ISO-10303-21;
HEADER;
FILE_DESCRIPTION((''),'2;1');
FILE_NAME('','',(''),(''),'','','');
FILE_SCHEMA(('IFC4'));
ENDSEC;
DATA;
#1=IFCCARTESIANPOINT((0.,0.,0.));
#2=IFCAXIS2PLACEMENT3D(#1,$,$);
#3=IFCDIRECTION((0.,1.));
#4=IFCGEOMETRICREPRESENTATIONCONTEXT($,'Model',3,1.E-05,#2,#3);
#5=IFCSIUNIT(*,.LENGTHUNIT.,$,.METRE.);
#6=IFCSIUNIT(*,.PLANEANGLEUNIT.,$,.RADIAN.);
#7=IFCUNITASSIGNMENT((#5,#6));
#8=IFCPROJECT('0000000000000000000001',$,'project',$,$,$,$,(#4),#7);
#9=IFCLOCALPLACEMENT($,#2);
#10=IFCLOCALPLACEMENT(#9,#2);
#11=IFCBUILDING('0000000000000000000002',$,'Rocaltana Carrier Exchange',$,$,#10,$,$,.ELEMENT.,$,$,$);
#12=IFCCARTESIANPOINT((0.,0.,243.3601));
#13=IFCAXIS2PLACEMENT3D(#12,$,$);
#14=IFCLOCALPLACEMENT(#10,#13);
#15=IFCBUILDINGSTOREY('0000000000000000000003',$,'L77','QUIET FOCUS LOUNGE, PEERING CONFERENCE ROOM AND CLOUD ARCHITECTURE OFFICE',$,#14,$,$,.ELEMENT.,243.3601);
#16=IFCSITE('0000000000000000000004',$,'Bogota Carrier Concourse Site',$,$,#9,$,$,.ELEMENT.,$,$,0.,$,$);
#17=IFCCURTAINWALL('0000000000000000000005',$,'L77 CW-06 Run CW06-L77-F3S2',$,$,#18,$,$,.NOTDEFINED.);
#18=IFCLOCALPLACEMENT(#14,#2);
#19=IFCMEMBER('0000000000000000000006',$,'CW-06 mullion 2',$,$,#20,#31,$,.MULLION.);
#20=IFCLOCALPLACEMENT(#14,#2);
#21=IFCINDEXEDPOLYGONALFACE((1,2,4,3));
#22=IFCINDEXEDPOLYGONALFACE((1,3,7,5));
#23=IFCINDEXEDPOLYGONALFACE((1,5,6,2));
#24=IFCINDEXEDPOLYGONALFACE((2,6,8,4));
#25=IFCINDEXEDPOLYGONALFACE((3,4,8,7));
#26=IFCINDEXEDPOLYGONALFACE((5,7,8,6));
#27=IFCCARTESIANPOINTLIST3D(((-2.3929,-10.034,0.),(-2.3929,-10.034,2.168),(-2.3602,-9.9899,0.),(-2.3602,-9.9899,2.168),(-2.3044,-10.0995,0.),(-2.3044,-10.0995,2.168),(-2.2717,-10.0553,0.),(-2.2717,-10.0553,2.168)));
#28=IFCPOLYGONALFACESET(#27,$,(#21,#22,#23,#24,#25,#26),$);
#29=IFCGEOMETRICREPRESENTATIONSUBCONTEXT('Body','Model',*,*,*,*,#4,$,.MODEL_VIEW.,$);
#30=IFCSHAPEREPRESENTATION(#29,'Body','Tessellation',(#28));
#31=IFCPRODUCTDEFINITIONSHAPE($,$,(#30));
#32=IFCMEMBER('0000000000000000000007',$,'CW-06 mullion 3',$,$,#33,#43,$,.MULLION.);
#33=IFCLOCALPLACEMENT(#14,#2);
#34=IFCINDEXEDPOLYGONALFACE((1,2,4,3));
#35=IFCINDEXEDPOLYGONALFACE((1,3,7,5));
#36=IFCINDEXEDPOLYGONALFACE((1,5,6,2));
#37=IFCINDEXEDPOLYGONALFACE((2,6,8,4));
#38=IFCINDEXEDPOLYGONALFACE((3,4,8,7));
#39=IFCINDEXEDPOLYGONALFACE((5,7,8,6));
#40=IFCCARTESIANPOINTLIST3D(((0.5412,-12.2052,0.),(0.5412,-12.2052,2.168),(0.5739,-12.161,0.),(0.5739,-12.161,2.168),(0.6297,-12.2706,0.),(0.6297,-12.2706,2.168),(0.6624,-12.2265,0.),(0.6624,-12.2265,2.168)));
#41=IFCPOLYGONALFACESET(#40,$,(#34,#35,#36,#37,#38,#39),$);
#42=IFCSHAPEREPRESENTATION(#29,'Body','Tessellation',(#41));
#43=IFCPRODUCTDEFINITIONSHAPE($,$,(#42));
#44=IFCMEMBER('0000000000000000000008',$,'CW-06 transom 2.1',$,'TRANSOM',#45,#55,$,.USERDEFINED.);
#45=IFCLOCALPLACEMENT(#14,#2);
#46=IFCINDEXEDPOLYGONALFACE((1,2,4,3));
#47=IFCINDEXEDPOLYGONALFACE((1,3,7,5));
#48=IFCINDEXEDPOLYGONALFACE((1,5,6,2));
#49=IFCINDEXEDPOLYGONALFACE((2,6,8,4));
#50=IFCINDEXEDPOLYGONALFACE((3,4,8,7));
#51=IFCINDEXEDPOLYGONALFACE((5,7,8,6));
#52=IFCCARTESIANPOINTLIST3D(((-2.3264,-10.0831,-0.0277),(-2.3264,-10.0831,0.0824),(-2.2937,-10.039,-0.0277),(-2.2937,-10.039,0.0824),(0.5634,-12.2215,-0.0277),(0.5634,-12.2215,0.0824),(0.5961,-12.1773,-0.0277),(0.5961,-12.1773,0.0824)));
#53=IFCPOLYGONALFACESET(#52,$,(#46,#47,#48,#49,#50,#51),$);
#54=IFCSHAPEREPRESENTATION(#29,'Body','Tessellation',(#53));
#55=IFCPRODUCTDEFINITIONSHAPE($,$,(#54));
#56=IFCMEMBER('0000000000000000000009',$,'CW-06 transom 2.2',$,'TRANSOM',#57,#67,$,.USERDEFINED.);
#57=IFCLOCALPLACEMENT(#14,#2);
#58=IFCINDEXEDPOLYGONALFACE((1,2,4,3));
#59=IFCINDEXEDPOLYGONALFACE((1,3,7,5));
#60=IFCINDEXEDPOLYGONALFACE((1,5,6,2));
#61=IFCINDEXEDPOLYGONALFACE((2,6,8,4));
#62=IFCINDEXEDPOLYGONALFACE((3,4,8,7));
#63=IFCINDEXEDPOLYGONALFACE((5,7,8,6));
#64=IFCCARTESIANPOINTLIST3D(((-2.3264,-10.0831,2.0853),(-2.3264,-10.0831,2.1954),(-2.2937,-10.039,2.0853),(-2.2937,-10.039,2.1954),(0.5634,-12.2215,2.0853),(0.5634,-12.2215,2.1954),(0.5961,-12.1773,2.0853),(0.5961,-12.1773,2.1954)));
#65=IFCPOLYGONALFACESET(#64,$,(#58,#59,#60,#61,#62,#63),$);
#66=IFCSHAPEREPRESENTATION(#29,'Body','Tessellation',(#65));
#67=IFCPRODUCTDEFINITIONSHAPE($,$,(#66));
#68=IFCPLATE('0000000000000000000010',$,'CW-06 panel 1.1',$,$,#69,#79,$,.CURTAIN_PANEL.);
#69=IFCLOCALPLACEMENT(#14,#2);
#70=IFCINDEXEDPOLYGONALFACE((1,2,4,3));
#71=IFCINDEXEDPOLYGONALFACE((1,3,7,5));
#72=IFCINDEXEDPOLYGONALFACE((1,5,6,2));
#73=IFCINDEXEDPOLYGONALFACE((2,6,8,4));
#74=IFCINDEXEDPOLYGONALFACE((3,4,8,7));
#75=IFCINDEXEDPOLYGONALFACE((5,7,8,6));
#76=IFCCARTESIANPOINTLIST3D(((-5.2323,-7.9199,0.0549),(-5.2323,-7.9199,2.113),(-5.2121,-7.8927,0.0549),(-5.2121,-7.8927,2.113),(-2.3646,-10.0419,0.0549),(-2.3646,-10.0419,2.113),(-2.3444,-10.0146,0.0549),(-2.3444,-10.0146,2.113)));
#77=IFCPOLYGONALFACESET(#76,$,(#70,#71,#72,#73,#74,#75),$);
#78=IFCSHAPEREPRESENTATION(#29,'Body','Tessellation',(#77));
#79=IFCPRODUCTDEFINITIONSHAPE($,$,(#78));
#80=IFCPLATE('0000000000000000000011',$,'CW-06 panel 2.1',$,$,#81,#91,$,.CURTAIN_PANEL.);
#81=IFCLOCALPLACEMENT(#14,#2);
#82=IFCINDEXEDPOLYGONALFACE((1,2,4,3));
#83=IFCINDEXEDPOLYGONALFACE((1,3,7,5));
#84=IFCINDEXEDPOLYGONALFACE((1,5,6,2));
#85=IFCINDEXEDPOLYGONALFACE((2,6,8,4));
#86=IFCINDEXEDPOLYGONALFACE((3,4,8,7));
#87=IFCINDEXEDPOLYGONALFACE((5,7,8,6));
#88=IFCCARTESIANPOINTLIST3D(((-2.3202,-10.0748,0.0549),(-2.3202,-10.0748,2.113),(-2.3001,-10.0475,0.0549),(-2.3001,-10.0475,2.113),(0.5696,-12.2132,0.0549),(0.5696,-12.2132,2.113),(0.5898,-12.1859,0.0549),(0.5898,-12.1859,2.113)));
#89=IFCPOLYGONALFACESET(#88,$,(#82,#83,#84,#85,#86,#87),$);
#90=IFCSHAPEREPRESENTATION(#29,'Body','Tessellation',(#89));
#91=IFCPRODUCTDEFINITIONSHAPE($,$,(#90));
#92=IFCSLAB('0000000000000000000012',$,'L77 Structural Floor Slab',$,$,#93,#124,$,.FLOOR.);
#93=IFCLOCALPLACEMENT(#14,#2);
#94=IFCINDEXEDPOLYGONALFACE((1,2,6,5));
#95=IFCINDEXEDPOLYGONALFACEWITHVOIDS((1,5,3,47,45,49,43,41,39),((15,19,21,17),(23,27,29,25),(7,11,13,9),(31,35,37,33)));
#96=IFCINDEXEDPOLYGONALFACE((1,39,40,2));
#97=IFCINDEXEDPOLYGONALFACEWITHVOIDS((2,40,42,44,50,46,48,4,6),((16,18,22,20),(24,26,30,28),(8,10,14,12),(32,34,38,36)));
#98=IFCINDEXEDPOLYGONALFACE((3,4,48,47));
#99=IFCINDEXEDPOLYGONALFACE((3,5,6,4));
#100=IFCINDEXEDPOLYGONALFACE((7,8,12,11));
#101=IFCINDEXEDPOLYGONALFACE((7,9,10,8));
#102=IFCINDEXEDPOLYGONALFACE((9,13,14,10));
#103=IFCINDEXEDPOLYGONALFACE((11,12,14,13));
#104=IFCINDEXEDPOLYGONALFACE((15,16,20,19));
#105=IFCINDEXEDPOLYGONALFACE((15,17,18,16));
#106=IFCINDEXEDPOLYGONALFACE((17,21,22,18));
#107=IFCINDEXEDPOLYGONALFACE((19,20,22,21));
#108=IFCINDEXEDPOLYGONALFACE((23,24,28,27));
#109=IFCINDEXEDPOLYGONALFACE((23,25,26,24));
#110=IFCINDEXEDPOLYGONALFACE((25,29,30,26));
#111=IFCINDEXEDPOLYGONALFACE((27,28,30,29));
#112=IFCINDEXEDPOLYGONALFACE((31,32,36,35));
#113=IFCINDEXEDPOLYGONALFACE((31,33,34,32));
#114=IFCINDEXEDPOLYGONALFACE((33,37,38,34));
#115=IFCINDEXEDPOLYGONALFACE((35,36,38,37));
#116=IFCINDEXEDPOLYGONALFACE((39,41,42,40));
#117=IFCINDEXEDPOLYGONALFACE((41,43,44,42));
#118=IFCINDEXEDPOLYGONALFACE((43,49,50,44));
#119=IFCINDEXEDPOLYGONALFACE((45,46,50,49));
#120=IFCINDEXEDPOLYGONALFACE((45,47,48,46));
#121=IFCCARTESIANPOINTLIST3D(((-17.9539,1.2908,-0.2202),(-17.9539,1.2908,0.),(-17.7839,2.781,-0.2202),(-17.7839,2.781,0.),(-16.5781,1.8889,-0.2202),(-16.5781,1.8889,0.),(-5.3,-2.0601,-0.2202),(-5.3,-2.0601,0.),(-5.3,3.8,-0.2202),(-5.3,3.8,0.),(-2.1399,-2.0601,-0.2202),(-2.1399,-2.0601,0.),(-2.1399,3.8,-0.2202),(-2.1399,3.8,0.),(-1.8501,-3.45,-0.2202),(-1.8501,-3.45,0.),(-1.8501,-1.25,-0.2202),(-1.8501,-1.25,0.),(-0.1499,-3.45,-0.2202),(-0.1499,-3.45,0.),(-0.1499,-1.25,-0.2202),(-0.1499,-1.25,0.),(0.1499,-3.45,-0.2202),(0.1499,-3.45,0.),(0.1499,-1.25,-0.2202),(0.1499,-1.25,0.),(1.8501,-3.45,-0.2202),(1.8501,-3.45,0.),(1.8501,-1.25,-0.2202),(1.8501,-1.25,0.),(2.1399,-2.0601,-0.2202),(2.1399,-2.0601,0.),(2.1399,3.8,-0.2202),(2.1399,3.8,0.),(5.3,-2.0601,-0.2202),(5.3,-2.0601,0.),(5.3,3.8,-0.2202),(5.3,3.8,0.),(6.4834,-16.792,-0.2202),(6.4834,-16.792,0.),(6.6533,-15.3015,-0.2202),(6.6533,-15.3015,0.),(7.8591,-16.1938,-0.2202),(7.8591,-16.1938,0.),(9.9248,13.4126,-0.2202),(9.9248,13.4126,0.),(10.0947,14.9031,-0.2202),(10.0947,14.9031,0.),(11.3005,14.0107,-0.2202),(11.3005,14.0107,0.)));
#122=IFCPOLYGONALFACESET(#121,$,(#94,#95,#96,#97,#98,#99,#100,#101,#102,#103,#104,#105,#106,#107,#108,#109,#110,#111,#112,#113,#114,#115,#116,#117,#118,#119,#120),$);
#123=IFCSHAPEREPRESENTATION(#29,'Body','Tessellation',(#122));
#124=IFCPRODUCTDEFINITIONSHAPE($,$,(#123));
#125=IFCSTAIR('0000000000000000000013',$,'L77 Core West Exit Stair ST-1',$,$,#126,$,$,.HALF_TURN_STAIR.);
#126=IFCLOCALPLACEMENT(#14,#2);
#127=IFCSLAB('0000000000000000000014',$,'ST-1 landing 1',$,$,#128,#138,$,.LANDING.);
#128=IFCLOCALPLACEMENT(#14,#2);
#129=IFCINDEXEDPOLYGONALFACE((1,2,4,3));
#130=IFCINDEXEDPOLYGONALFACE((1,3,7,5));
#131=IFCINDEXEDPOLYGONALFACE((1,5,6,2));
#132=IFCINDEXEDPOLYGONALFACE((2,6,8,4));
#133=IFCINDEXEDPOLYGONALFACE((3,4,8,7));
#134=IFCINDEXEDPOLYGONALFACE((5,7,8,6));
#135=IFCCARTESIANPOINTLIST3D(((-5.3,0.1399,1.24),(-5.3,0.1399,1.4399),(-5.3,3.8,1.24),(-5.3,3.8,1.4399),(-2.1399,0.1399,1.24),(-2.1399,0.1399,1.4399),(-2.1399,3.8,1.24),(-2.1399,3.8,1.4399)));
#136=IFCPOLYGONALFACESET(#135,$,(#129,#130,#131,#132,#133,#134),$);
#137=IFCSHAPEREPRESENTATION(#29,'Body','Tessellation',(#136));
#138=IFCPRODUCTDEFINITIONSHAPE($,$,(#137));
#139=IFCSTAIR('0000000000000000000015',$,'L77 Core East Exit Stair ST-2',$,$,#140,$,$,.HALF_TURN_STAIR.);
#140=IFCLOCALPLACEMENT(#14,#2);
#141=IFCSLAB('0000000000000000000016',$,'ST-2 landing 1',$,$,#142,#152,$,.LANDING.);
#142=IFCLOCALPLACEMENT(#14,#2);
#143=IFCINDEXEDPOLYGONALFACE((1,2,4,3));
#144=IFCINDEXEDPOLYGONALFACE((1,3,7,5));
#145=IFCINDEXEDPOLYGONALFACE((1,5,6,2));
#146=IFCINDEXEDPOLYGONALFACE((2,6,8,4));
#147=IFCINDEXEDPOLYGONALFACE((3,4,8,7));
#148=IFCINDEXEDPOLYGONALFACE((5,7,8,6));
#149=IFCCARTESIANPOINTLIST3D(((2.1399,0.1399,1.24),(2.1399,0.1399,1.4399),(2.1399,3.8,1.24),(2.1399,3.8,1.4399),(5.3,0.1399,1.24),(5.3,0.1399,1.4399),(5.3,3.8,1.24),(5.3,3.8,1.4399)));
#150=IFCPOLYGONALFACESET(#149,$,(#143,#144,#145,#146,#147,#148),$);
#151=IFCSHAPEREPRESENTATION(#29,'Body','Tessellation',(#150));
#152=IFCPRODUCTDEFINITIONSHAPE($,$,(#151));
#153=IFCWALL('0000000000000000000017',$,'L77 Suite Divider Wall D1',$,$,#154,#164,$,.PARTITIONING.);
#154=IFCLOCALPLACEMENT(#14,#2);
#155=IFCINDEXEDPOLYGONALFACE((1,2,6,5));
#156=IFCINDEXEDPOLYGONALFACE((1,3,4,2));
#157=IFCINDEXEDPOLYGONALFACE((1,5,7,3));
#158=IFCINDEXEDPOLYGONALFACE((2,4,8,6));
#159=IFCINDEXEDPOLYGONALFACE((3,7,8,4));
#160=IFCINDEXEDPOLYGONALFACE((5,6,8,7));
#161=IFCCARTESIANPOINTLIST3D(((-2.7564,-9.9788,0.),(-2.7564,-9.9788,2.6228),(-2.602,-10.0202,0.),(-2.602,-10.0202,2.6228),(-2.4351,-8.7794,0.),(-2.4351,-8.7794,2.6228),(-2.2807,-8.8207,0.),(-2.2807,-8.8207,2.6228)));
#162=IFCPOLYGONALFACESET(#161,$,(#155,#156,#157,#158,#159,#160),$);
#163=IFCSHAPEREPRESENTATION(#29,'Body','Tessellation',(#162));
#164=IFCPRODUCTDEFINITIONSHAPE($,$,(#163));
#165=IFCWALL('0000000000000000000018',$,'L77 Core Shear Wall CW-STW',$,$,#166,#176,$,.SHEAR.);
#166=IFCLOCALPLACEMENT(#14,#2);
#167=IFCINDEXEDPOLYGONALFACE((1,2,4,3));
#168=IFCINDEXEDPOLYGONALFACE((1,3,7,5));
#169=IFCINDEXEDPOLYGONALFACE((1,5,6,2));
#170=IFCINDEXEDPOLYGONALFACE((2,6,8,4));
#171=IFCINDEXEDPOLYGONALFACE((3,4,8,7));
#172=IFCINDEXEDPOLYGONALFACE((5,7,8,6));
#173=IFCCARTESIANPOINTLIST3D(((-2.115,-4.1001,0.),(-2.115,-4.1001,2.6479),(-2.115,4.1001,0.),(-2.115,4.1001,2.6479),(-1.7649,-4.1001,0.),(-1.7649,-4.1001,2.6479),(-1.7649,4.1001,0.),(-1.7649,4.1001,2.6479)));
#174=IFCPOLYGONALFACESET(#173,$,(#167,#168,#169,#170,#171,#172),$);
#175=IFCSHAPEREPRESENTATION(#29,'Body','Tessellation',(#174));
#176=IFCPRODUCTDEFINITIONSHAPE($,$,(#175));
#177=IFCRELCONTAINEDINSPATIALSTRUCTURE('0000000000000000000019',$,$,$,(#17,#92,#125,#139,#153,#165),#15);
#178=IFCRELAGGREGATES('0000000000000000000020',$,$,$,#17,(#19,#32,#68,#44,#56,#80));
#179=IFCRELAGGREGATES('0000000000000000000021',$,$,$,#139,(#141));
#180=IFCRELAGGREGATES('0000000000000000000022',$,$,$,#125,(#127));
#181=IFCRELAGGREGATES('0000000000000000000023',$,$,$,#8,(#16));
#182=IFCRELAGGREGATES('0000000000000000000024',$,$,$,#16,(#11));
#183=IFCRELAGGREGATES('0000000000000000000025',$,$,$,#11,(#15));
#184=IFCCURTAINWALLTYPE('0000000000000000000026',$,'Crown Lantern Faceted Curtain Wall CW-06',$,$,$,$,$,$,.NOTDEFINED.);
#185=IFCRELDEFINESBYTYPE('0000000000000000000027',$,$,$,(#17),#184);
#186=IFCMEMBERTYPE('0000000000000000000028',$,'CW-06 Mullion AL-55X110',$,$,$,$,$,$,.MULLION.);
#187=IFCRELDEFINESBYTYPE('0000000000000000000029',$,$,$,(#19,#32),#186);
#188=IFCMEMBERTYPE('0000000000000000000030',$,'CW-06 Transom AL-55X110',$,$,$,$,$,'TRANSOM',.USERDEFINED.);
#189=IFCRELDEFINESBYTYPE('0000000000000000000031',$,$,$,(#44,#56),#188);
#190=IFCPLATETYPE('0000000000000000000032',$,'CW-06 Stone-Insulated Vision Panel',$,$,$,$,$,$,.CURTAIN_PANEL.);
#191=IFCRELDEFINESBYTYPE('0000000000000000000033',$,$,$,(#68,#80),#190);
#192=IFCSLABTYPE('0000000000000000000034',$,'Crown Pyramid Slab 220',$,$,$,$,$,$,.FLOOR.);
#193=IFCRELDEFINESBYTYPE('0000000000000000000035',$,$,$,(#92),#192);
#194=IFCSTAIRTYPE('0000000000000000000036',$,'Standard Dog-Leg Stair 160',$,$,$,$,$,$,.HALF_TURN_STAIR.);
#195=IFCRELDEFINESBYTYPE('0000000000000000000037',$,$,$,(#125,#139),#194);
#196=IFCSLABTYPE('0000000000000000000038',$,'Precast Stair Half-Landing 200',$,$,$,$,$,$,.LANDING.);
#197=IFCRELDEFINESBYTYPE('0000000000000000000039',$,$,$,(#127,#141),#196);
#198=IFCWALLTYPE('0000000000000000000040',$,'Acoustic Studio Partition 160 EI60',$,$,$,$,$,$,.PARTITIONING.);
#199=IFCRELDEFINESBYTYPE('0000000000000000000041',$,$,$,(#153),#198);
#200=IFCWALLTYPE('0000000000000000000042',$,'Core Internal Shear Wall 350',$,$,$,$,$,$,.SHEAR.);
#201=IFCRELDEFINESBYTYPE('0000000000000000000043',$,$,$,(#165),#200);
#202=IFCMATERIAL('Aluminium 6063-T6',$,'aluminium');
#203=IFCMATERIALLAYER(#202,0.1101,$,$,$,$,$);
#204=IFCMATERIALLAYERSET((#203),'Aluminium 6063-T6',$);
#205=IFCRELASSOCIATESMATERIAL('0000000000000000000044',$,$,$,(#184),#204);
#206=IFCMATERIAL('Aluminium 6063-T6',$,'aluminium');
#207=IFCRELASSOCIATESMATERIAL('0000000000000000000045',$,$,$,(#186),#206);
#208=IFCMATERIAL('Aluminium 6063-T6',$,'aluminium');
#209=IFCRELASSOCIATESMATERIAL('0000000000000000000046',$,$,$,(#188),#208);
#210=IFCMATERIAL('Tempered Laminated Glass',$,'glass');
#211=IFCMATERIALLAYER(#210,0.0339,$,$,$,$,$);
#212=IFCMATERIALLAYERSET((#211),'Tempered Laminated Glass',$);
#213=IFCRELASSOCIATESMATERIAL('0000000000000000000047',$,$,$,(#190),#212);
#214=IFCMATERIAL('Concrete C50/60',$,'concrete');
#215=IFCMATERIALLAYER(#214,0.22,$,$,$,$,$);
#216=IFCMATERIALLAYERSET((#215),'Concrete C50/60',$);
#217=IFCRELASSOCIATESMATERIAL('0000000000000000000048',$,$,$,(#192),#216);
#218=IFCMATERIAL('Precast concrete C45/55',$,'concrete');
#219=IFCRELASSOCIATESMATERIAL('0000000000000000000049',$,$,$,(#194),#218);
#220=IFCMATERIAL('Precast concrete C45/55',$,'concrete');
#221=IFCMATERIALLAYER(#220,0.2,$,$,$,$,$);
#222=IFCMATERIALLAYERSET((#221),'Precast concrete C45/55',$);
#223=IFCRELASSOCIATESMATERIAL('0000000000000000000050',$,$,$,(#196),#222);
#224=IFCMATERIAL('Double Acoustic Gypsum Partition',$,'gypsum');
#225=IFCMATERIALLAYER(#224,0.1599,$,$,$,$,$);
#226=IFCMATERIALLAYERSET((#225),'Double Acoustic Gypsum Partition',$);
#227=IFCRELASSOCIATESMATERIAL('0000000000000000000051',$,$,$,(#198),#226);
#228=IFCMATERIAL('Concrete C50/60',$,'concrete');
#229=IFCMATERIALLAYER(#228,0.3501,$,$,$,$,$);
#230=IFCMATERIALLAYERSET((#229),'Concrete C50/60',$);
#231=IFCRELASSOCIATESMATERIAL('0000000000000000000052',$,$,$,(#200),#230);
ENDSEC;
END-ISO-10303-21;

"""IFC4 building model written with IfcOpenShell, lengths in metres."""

from ifc_helpers import new_model, si_unit, direction, frame, frame_2d, origin, origin_2d, place, context, subcontext, project, spatial, polyline, rectangle, outline, extrude, material, layer, layer_set, material_profile, profile_set, type_object, element, aggregate, save


model = new_model("IFC4")

# Units and contexts
model_context = context("Model", 3, precision=1e-05, world=origin(), true_north=direction((0.0, 1.0)))
body_context = subcontext(model_context, "Body", "Model", "MODEL_VIEW")
ifc_project = project(units=[si_unit("LENGTHUNIT", "METRE"), si_unit("PLANEANGLEUNIT", "RADIAN")], contexts=[model_context])

# Site, building, storey
site_placement = place(None, origin())
site = spatial("IfcSite", under=ifc_project, at=site_placement, Name="Bogota Carrier Concourse Site", CompositionType="ELEMENT", RefElevation=0.0)
building_placement = place(site_placement, origin())
building = spatial("IfcBuilding", under=site, at=building_placement, Name="Rocaltana Carrier Exchange", CompositionType="ELEMENT")
storey_placement = place(building_placement, frame((0.0, 0.0, 243.3601)))
storey = spatial("IfcBuildingStorey", under=building, at=storey_placement, Name="L77", Description="QUIET FOCUS LOUNGE, PEERING CONFERENCE ROOM AND CLOUD ARCHITECTURE OFFICE", CompositionType="ELEMENT", Elevation=243.3601)

# Curtain wall, members, plates
ifc_material_1 = material(Name="Aluminium 6063-T6", Category="aluminium")
ifc_layer_1 = layer(ifc_material_1, 0.1101)
ifc_layer_set_1 = layer_set([ifc_layer_1], Name="Aluminium 6063-T6")
curtain_wall_type = type_object("IfcCurtainWallType", Name="Crown Lantern Faceted Curtain Wall CW-06", PredefinedType="NOTDEFINED", material=ifc_layer_set_1)
curtain_wall_placement = place(storey_placement, origin())
curtain_wall = element("IfcCurtainWall", 1, at=curtain_wall_placement, inside=storey, type_object=curtain_wall_type, Name="L77 CW-06 Run CW06-L77-F3S2", PredefinedType="NOTDEFINED")
ifc_material_2 = material(Name="Aluminium 6063-T6", Category="aluminium")
ifc_material_profile_1 = material_profile(ifc_material_2, rectangle(XDim=0.0549, YDim=0.1101, at=origin_2d()), Name="AL-55X110")
ifc_profile_set_1 = profile_set([ifc_material_profile_1], Name="Aluminium 6063-T6")
member_type_1 = type_object("IfcMemberType", Name="CW-06 Mullion AL-55X110", PredefinedType="MULLION", material=ifc_profile_set_1)
member_1_placement = place(storey_placement, frame((-2.3323, -10.0447, 0.0), z_axis=(0.0, 0.0, 1.0), x_axis=(0.594823, 0.803857, 0.0)))
member_1 = element("IfcMember", 2, at=member_1_placement, type_object=member_type_1, Name="CW-06 mullion 2", PredefinedType="MULLION", context=body_context, shape_type="SweptSolid", body=[
    extrude(rectangle(XDim=0.0549, YDim=0.1101, at=origin_2d()), origin(), (0.0, 0.0, 1.0), 2.168),
])
member_2_placement = place(storey_placement, frame((0.6018, -12.2158, 0.0), z_axis=(0.0, 0.0, 1.0), x_axis=(0.594823, 0.803857, 0.0)))
member_2 = element("IfcMember", 3, at=member_2_placement, type_object=member_type_1, Name="CW-06 mullion 3", PredefinedType="MULLION", context=body_context, shape_type="SweptSolid", body=[
    extrude(rectangle(XDim=0.0549, YDim=0.1101, at=origin_2d()), origin(), (0.0, 0.0, 1.0), 2.168),
])
ifc_material_3 = material(Name="Aluminium 6063-T6", Category="aluminium")
ifc_material_profile_2 = material_profile(ifc_material_3, rectangle(XDim=0.0549, YDim=0.1101, at=origin_2d()), Name="AL-55X110")
ifc_profile_set_2 = profile_set([ifc_material_profile_2], Name="Aluminium 6063-T6")
member_type_2 = type_object("IfcMemberType", Name="CW-06 Transom AL-55X110", ElementType="TRANSOM", PredefinedType="USERDEFINED", material=ifc_profile_set_2)
member_3_placement = place(storey_placement, frame((-2.3101, -10.061, 0.0273), z_axis=(0.803854, -0.594826, 0.0), x_axis=(0.594826, 0.803854, 0.0)))
member_3 = element("IfcMember", 4, at=member_3_placement, type_object=member_type_2, Name="CW-06 transom 2.1", ObjectType="TRANSOM", PredefinedType="USERDEFINED", context=body_context, shape_type="SweptSolid", body=[
    extrude(rectangle(XDim=0.0549, YDim=0.1101, at=origin_2d()), origin(), (0.0, 0.0, 1.0), 3.595),
])
member_4_placement = place(storey_placement, frame((-2.3101, -10.061, 2.1404), z_axis=(0.803854, -0.594826, 0.0), x_axis=(0.594826, 0.803854, 0.0)))
member_4 = element("IfcMember", 5, at=member_4_placement, type_object=member_type_2, Name="CW-06 transom 2.2", ObjectType="TRANSOM", PredefinedType="USERDEFINED", context=body_context, shape_type="SweptSolid", body=[
    extrude(rectangle(XDim=0.0549, YDim=0.1101, at=origin_2d()), origin(), (0.0, 0.0, 1.0), 3.595),
])
ifc_material_4 = material(Name="Tempered Laminated Glass", Category="glass")
ifc_layer_2 = layer(ifc_material_4, 0.0339)
ifc_layer_set_2 = layer_set([ifc_layer_2], Name="Tempered Laminated Glass")
plate_type = type_object("IfcPlateType", Name="CW-06 Stone-Insulated Vision Panel", PredefinedType="CURTAIN_PANEL", material=ifc_layer_set_2)
plate_1_placement = place(storey_placement, frame((-3.7883, -8.9673, 0.0549), z_axis=(0.0, 0.0, 1.0), x_axis=(0.803857, -0.594823, 0.0)))
plate_1 = element("IfcPlate", 6, at=plate_1_placement, type_object=plate_type, Name="CW-06 panel 1.1", PredefinedType="CURTAIN_PANEL", context=body_context, shape_type="SweptSolid", body=[
    extrude(rectangle(XDim=3.5674, YDim=0.0339, at=origin_2d()), origin(), (0.0, 0.0, 1.0), 2.0581),
])
plate_2_placement = place(storey_placement, frame((-0.8652, -11.1304, 0.0549), z_axis=(0.0, 0.0, 1.0), x_axis=(0.803857, -0.594823, 0.0)))
plate_2 = element("IfcPlate", 7, at=plate_2_placement, type_object=plate_type, Name="CW-06 panel 2.1", PredefinedType="CURTAIN_PANEL", context=body_context, shape_type="SweptSolid", body=[
    extrude(rectangle(XDim=3.595, YDim=0.0339, at=origin_2d()), origin(), (0.0, 0.0, 1.0), 2.0581),
])
aggregate(curtain_wall, [member_1, member_2, plate_1, member_3, member_4, plate_2])

# Slab
ifc_material_5 = material(Name="Concrete C50/60", Category="concrete")
ifc_layer_3 = layer(ifc_material_5, 0.22)
ifc_layer_set_3 = layer_set([ifc_layer_3], Name="Concrete C50/60")
slab_type_1 = type_object("IfcSlabType", Name="Crown Pyramid Slab 220", PredefinedType="FLOOR", material=ifc_layer_set_3)
slab_1_placement = place(storey_placement, frame((0.0, 0.0, -0.2202)))
element("IfcSlab", 8, at=slab_1_placement, inside=storey, type_object=slab_type_1, Name="L77 Structural Floor Slab", PredefinedType="FLOOR", context=body_context, shape_type="SweptSolid", body=[
    extrude(outline(polyline([(6.4834, -16.792), (6.6533, -15.3015), (7.8591, -16.1938), (11.3005, 14.0107), (9.9248, 13.4126), (10.0947, 14.9031), (-17.7839, 2.781), (-16.5781, 1.8889), (-17.9539, 1.2908), (6.4834, -16.792)]), holes=[polyline([(-5.3, -2.0601), (-2.1399, -2.0601), (-2.1399, 3.8), (-5.3, 3.8), (-5.3, -2.0601)]), polyline([(2.1399, -2.0601), (5.3, -2.0601), (5.3, 3.8), (2.1399, 3.8), (2.1399, -2.0601)]), polyline([(-1.8501, -3.45), (-0.1499, -3.45), (-0.1499, -1.25), (-1.8501, -1.25), (-1.8501, -3.45)]), polyline([(0.1499, -3.45), (1.8501, -3.45), (1.8501, -1.25), (0.1499, -1.25), (0.1499, -3.45)])]), origin(), (0.0, 0.0, 1.0), 0.2202),
])

# Stairs, slabs
ifc_material_6 = material(Name="Precast concrete C45/55", Category="concrete")
stair_type = type_object("IfcStairType", Name="Standard Dog-Leg Stair 160", PredefinedType="HALF_TURN_STAIR", material=ifc_material_6)
stair_1_placement = place(storey_placement, origin())
stair_1 = element("IfcStair", 9, at=stair_1_placement, inside=storey, type_object=stair_type, Name="L77 Core West Exit Stair ST-1", PredefinedType="HALF_TURN_STAIR")
ifc_material_7 = material(Name="Precast concrete C45/55", Category="concrete")
ifc_layer_4 = layer(ifc_material_7, 0.2)
ifc_layer_set_4 = layer_set([ifc_layer_4], Name="Precast concrete C45/55")
slab_type_2 = type_object("IfcSlabType", Name="Precast Stair Half-Landing 200", PredefinedType="LANDING", material=ifc_layer_set_4)
slab_2_placement = place(storey_placement, frame((0.0, 0.0, 1.24)))
slab_2 = element("IfcSlab", 10, at=slab_2_placement, type_object=slab_type_2, Name="ST-1 landing 1", PredefinedType="LANDING", context=body_context, shape_type="SweptSolid", body=[
    extrude(outline(polyline([(-2.1399, 0.1399), (-2.1399, 3.8), (-5.3, 3.8), (-5.3, 0.1399), (-2.1399, 0.1399)])), origin(), (0.0, 0.0, 1.0), 0.2),
])
stair_2_placement = place(storey_placement, origin())
stair_2 = element("IfcStair", 11, at=stair_2_placement, inside=storey, type_object=stair_type, Name="L77 Core East Exit Stair ST-2", PredefinedType="HALF_TURN_STAIR")
slab_3_placement = place(storey_placement, frame((0.0, 0.0, 1.24)))
slab_3 = element("IfcSlab", 12, at=slab_3_placement, type_object=slab_type_2, Name="ST-2 landing 1", PredefinedType="LANDING", context=body_context, shape_type="SweptSolid", body=[
    extrude(outline(polyline([(5.3, 0.1399), (5.3, 3.8), (2.1399, 3.8), (2.1399, 0.1399), (5.3, 0.1399)])), origin(), (0.0, 0.0, 1.0), 0.2),
])
aggregate(stair_2, [slab_3])

# Walls
ifc_material_8 = material(Name="Double Acoustic Gypsum Partition", Category="gypsum")
ifc_layer_5 = layer(ifc_material_8, 0.1599)
ifc_layer_set_5 = layer_set([ifc_layer_5], Name="Double Acoustic Gypsum Partition")
wall_type_1 = type_object("IfcWallType", Name="Acoustic Studio Partition 160 EI60", PredefinedType="PARTITIONING", material=ifc_layer_set_5)
wall_1_placement = place(storey_placement, frame((-2.3579, -8.8, 0.0), z_axis=(0.0, 0.0, 1.0), x_axis=(-0.258739, -0.965947, 0.0)))
element("IfcWall", 13, at=wall_1_placement, inside=storey, type_object=wall_type_1, Name="L77 Suite Divider Wall D1", PredefinedType="PARTITIONING", context=body_context, shape_type="SweptSolid", body=[
    extrude(rectangle(XDim=1.2417, YDim=0.1599, at=frame_2d((0.6208, 0.0))), origin(), (0.0, 0.0, 1.0), 2.6228),
])
ifc_material_9 = material(Name="Concrete C50/60", Category="concrete")
ifc_layer_6 = layer(ifc_material_9, 0.3501)
ifc_layer_set_6 = layer_set([ifc_layer_6], Name="Concrete C50/60")
wall_type_2 = type_object("IfcWallType", Name="Core Internal Shear Wall 350", PredefinedType="SHEAR", material=ifc_layer_set_6)
wall_2_placement = place(storey_placement, frame((-1.9399, -4.1001, 0.0), z_axis=(0.0, 0.0, 1.0), x_axis=(0.0, 1.0, 0.0)))
element("IfcWall", 14, at=wall_2_placement, inside=storey, type_object=wall_type_2, Name="L77 Core Shear Wall CW-STW", PredefinedType="SHEAR", context=body_context, shape_type="SweptSolid", body=[
    extrude(rectangle(XDim=8.2002, YDim=0.3501, at=frame_2d((4.1001, 0.0))), origin(), (0.0, 0.0, 1.0), 2.6479),
])

aggregate(stair_1, [slab_2])

save(model, "model.ifc")
